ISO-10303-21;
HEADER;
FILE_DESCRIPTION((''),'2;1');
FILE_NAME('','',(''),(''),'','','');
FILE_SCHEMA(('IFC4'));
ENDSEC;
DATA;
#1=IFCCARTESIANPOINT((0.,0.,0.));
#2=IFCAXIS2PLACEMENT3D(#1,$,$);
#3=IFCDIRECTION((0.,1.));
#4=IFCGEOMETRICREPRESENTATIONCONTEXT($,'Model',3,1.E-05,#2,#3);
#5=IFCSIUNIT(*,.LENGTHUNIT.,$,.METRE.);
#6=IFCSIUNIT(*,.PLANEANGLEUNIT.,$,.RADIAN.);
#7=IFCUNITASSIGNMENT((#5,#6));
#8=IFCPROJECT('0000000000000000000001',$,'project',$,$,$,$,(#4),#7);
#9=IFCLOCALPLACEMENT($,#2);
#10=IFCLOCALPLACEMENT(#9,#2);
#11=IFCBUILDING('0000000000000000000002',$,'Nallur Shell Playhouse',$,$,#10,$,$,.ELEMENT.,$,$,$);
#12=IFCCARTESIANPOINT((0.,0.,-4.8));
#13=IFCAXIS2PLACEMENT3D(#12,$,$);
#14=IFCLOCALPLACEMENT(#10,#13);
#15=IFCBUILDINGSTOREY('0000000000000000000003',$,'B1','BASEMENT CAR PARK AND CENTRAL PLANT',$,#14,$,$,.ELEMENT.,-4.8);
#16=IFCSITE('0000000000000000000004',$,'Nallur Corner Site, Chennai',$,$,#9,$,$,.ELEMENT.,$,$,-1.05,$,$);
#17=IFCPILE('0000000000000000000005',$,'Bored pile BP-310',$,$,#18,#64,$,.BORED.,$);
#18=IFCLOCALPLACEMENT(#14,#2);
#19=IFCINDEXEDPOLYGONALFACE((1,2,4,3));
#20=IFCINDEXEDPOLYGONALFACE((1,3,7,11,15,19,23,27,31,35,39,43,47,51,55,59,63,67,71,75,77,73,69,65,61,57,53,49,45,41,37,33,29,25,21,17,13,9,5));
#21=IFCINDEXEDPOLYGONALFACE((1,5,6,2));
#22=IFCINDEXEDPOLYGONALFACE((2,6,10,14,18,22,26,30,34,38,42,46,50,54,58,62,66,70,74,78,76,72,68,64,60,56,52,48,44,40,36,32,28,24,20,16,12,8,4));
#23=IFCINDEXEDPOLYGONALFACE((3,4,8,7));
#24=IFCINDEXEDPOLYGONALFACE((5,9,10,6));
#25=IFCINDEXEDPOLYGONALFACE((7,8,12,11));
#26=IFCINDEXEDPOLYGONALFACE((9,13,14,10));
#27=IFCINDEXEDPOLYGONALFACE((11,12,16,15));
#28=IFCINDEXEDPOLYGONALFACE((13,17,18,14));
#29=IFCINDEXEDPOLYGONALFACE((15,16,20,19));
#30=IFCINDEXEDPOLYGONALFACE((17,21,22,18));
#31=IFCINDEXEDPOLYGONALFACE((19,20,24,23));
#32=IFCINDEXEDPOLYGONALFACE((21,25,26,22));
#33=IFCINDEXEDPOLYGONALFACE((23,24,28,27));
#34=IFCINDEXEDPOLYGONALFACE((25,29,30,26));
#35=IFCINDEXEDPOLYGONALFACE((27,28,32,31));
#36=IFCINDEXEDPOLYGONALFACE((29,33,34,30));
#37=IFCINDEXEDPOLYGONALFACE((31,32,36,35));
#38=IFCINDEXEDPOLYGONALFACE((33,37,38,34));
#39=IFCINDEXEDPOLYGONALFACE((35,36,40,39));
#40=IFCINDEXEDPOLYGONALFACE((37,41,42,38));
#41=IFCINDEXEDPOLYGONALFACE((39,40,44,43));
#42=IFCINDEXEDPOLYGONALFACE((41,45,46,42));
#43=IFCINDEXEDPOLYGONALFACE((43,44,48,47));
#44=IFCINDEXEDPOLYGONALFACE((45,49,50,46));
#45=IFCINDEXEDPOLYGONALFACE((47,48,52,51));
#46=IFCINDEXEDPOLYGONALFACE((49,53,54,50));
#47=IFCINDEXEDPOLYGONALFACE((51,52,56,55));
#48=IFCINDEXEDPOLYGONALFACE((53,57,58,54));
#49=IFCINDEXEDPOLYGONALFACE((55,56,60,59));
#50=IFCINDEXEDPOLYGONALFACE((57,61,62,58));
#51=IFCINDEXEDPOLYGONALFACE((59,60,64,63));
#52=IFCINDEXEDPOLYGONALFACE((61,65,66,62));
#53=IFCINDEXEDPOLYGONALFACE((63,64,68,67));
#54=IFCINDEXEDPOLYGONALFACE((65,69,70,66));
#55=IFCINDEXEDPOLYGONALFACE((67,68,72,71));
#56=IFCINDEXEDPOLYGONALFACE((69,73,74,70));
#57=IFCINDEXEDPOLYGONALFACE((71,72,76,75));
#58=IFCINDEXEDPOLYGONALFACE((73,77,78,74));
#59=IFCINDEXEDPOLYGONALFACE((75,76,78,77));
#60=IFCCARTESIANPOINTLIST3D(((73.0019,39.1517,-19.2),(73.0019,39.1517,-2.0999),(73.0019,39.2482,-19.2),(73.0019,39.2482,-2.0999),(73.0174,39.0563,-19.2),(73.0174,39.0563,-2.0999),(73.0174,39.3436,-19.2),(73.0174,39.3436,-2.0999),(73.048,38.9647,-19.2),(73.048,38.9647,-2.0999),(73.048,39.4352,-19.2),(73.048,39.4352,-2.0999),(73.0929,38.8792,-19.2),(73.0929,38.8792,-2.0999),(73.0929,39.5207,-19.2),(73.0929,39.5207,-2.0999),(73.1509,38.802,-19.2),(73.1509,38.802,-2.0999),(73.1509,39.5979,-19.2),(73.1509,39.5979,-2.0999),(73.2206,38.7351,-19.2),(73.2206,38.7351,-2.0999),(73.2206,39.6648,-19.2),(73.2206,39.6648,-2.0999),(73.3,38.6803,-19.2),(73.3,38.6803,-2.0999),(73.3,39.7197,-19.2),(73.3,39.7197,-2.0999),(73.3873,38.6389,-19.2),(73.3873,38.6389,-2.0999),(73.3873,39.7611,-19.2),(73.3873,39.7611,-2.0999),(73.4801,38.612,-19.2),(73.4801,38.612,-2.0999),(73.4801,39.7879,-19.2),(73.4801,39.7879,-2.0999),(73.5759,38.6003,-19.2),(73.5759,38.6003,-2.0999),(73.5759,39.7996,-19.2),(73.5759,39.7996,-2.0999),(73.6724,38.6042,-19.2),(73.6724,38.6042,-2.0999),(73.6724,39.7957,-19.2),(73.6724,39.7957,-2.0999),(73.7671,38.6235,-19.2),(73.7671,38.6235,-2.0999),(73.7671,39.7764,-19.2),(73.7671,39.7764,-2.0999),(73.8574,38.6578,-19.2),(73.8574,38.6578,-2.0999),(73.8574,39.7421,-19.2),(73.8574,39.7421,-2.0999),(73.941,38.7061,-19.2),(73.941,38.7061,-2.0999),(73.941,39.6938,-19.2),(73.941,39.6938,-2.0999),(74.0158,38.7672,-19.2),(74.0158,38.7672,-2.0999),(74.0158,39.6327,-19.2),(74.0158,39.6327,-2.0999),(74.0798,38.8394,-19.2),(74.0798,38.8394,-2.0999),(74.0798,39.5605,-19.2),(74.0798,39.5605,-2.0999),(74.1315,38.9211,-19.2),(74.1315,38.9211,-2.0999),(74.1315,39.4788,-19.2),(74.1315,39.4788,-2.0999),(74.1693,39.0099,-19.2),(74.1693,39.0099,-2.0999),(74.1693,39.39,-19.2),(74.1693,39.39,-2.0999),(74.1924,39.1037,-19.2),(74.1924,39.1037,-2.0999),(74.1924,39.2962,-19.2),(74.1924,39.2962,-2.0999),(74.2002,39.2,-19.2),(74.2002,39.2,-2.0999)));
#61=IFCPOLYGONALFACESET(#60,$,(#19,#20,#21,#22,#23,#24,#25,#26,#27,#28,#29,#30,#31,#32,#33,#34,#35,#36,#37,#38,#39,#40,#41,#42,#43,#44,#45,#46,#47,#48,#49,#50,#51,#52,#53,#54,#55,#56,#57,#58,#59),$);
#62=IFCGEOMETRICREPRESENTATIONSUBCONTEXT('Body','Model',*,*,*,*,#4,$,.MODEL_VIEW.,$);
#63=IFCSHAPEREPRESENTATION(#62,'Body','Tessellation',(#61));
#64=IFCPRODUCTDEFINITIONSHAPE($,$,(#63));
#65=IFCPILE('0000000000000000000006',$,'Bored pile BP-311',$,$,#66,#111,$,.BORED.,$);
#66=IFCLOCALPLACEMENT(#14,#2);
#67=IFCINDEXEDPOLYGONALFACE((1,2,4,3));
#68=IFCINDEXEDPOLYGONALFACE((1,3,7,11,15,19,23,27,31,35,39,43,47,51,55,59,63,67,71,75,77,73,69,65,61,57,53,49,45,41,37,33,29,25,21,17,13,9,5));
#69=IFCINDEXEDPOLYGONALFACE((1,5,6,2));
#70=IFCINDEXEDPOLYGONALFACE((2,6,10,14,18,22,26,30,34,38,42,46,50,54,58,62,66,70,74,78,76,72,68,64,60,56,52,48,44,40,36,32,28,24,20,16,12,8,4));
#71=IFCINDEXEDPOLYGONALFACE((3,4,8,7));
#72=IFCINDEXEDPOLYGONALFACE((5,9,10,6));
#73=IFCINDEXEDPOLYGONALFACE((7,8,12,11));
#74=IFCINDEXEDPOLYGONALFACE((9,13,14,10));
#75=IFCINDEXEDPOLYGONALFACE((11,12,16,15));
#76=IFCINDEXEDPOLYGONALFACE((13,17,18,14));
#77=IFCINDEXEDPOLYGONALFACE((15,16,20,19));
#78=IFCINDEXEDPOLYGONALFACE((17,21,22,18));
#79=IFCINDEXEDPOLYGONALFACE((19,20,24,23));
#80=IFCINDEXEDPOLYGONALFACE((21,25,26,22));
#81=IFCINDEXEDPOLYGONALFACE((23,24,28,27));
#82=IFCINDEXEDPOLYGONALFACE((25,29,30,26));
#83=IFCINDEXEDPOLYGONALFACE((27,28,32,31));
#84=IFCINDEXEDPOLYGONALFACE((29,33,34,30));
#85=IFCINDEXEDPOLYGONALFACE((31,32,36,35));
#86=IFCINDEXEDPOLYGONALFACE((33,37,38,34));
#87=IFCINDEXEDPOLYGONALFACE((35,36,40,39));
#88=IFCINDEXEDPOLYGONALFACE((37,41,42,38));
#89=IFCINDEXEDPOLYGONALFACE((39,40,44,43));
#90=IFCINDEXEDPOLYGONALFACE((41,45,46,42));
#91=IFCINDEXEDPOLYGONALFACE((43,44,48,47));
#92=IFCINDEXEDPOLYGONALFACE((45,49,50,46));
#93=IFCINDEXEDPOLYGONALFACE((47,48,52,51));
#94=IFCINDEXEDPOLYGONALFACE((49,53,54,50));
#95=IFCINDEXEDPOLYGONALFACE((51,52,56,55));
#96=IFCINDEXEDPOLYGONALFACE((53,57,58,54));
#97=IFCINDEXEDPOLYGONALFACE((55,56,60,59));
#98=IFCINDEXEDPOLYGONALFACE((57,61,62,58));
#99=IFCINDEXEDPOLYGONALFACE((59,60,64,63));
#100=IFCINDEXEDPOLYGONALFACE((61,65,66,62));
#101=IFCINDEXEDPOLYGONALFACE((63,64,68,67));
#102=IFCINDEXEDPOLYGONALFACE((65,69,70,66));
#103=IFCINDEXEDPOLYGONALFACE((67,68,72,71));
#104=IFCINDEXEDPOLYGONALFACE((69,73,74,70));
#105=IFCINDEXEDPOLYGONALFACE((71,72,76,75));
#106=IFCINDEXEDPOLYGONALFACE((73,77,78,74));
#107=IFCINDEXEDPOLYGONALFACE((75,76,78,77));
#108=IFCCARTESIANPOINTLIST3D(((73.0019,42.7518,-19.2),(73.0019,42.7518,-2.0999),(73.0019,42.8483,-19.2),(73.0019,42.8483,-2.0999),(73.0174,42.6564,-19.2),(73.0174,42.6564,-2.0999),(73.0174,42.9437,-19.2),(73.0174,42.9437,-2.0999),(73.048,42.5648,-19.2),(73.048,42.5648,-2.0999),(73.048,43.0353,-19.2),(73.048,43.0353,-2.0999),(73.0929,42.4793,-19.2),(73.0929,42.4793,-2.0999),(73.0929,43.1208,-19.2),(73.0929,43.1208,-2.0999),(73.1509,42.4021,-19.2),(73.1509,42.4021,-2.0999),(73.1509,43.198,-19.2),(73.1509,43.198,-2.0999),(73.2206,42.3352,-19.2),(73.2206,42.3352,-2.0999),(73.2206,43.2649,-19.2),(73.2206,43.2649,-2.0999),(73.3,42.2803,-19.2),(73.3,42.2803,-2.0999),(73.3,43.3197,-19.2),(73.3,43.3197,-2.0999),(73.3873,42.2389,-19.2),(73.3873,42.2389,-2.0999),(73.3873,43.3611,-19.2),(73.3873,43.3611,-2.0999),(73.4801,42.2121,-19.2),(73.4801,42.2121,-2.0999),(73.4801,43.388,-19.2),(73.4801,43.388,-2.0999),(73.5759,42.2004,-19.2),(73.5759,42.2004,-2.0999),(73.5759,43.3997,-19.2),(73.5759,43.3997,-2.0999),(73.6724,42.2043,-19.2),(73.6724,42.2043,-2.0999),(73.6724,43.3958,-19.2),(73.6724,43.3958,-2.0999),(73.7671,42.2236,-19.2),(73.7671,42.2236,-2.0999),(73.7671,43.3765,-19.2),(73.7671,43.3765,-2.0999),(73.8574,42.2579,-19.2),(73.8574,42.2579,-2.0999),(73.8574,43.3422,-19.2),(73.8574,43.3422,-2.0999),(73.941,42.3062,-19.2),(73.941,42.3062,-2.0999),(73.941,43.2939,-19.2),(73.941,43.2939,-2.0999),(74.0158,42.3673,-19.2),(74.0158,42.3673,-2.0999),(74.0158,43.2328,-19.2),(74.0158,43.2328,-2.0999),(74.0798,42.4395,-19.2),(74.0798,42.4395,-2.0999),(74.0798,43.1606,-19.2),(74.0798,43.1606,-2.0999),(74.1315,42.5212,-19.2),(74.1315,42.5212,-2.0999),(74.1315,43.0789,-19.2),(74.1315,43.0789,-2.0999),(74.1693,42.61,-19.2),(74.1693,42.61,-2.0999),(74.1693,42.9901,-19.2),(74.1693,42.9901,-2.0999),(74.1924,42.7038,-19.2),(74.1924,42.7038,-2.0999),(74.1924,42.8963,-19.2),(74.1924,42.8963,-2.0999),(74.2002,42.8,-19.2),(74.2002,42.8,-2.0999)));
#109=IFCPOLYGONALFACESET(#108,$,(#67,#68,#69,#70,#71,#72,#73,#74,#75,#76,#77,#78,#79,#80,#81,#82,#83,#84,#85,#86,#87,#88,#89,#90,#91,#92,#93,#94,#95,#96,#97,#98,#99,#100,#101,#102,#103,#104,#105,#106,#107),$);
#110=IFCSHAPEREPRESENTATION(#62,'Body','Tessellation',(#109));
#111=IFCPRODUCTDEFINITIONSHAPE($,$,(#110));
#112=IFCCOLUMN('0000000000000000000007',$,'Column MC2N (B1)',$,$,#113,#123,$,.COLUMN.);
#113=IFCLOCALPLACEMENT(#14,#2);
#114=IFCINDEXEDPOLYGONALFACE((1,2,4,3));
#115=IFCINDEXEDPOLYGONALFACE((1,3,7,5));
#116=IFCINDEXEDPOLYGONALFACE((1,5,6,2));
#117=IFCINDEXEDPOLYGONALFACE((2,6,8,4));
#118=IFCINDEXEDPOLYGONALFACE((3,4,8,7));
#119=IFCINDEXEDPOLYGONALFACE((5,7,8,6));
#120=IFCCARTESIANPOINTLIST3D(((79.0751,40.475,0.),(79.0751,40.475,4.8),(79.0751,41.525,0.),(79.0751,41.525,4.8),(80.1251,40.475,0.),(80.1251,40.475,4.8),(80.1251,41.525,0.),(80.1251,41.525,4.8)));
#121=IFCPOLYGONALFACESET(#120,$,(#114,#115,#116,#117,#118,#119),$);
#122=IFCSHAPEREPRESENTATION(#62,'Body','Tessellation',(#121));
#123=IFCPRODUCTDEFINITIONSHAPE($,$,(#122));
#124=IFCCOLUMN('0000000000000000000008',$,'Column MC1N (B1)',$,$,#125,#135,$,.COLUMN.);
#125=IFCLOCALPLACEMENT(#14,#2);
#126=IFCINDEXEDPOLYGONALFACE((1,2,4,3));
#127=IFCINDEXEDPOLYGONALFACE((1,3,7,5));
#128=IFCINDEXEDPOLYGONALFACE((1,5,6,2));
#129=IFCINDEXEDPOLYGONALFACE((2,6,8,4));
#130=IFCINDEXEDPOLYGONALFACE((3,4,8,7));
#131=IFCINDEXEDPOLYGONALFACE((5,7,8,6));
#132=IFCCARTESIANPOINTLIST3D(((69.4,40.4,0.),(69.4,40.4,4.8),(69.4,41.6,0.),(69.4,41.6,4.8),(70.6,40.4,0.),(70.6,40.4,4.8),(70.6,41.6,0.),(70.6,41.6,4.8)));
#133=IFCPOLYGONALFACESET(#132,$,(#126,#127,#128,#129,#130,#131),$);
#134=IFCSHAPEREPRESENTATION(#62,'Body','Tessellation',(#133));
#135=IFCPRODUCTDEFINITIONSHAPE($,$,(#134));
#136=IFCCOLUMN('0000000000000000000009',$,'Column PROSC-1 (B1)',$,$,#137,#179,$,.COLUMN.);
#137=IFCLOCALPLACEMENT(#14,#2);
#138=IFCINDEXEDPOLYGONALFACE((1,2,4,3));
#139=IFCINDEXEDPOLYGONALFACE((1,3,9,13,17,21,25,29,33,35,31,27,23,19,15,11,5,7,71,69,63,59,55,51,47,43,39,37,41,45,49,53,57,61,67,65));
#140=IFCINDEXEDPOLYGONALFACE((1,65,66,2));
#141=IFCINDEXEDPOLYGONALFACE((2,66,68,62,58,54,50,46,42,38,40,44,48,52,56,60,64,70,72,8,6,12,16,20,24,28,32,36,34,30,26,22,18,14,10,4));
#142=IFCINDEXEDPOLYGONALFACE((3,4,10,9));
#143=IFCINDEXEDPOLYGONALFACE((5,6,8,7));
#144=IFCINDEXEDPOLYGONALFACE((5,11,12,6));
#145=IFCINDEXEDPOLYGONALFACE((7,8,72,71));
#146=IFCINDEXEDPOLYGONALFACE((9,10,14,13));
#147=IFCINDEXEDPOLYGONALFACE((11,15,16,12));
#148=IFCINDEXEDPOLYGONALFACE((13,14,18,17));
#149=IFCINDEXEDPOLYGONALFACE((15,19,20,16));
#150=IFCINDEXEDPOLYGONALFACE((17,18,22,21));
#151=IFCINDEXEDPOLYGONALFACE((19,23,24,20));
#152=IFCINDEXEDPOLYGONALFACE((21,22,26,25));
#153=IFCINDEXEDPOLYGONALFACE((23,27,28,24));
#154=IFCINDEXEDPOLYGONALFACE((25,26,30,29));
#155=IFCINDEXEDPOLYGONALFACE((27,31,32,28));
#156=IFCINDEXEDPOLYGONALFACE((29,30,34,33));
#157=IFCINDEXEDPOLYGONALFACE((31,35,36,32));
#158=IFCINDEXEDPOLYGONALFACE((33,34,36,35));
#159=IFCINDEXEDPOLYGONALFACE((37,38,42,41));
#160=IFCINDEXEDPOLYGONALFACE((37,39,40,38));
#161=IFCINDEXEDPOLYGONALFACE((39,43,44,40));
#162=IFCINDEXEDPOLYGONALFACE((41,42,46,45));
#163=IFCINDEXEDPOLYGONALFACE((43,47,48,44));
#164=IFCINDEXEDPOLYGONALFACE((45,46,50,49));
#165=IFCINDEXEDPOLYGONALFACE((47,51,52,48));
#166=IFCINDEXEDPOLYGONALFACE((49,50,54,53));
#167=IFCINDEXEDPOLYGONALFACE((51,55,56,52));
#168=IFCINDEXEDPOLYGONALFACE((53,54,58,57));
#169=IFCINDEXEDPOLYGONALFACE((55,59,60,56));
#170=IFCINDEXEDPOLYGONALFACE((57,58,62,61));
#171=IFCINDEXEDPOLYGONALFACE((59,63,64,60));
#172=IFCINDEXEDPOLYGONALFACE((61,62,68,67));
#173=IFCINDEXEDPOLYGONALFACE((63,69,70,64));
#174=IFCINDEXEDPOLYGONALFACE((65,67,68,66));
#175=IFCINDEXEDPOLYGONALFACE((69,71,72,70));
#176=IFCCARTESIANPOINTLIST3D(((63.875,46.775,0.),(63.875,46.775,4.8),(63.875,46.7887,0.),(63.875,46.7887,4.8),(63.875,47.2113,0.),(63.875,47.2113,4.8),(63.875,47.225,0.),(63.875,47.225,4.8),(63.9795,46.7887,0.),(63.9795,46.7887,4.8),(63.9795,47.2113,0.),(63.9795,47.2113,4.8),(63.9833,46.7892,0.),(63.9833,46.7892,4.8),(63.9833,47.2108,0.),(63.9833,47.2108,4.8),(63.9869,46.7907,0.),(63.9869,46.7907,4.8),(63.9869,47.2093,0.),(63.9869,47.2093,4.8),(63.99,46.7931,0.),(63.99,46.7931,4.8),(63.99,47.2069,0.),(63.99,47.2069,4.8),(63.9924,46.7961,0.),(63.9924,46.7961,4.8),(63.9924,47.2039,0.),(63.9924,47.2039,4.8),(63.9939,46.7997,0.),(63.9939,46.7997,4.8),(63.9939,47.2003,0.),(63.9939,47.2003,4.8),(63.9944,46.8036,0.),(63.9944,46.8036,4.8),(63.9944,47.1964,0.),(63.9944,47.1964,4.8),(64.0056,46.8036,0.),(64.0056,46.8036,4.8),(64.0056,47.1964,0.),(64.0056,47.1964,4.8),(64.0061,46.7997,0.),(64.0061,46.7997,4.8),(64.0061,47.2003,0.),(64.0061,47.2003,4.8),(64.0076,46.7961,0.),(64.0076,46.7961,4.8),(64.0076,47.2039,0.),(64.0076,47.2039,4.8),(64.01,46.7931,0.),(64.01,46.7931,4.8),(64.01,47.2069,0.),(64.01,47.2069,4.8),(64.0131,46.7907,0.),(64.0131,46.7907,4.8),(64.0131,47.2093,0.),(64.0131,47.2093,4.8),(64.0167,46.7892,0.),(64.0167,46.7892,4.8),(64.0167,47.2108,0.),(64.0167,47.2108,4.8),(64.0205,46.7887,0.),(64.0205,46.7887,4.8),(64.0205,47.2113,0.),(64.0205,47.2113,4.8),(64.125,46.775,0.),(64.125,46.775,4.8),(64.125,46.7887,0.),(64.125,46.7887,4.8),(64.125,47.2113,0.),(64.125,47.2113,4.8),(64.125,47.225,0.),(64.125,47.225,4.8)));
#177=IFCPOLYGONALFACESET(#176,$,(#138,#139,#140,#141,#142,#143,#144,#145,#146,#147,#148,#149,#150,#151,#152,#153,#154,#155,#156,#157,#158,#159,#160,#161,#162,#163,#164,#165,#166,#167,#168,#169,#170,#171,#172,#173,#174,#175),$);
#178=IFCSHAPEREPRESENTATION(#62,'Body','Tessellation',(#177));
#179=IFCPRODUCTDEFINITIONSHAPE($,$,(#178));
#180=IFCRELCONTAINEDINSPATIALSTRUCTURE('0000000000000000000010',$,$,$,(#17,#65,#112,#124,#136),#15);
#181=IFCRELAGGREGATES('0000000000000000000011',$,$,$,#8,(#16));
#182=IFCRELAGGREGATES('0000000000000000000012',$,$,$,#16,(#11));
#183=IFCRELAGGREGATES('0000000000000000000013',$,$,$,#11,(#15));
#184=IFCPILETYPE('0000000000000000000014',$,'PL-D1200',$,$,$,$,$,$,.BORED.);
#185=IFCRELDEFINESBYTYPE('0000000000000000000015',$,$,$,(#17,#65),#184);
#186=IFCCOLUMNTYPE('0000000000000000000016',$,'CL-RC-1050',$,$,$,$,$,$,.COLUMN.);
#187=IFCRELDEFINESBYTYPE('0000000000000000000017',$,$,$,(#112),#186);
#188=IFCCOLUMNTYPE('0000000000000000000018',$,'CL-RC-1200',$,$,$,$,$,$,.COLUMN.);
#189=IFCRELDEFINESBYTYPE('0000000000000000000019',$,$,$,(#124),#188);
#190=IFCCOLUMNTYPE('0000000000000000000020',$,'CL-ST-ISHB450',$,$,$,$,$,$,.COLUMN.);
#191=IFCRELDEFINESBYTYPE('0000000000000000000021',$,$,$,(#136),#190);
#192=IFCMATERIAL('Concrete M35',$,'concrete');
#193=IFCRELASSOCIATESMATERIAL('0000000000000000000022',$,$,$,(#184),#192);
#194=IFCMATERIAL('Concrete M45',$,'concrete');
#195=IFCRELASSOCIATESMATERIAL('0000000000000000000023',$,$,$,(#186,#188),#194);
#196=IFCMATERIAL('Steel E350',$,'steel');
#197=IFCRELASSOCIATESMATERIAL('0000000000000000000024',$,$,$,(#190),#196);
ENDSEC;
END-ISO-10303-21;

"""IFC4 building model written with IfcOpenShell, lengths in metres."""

from ifc_helpers import new_model, si_unit, direction, frame, origin, origin_2d, place, context, subcontext, project, spatial, rectangle, circle, i_section, extrude, material, material_profile, profile_set, type_object, element, save


model = new_model("IFC4")

# Units and contexts
model_context = context("Model", 3, precision=1e-05, world=origin(), true_north=direction((0.0, 1.0)))
body_context = subcontext(model_context, "Body", "Model", "MODEL_VIEW")
ifc_project = project(units=[si_unit("LENGTHUNIT", "METRE"), si_unit("PLANEANGLEUNIT", "RADIAN")], contexts=[model_context])

# Site, building, storey
site_placement = place(None, origin())
site = spatial("IfcSite", under=ifc_project, at=site_placement, Name="Nallur Corner Site, Chennai", CompositionType="ELEMENT", RefElevation=-1.05)
building_placement = place(site_placement, origin())
building = spatial("IfcBuilding", under=site, at=building_placement, Name="Nallur Shell Playhouse", CompositionType="ELEMENT")
storey_placement = place(building_placement, frame((0.0, 0.0, -4.8)))
storey = spatial("IfcBuildingStorey", under=building, at=storey_placement, Name="B1", Description="BASEMENT CAR PARK AND CENTRAL PLANT", CompositionType="ELEMENT", Elevation=-4.8)

# Shared definitions
ifc_material_1 = material(Name="Concrete M35", Category="concrete")

# Piles
ifc_material_profile_1 = material_profile(ifc_material_1, circle(Radius=0.6001, at=origin_2d()), Name="BORED PILE D1200")
ifc_profile_set_1 = profile_set([ifc_material_profile_1], Name="Concrete M35")
pile_type_1 = type_object("IfcPileType", Name="PL-D1200", PredefinedType="BORED", material=ifc_profile_set_1)
for number, where, z_axis, x_axis, name in (
    (1, (73.6001, 39.2, -2.0999), (0.0, 0.0, -1.0), (1.0, 0.0, 0.0), "Bored pile BP-310"),
    (2, (73.6001, 42.8, -2.0999), (0.0, 0.0, -1.0), (1.0, 0.0, 0.0), "Bored pile BP-311"),
):
    element("IfcPile", number, at=place(storey_placement, frame(where, z_axis=z_axis, x_axis=x_axis)), inside=storey, type_object=pile_type_1, Name=name, PredefinedType="BORED", context=body_context, shape_type="SweptSolid", body=[
        extrude(circle(Radius=0.6001, at=origin_2d()), origin(), (0.0, 0.0, 1.0), 17.1001),
    ])

# Columns
ifc_material_2 = material(Name="Concrete M45", Category="concrete")
ifc_material_profile_2 = material_profile(ifc_material_2, rectangle(XDim=1.05, YDim=1.05, at=origin_2d()), Name="RC 1050x1050")
ifc_profile_set_2 = profile_set([ifc_material_profile_2], Name="Concrete M45")
column_type_1 = type_object("IfcColumnType", Name="CL-RC-1050", PredefinedType="COLUMN", material=ifc_profile_set_2)
column_1_placement = place(storey_placement, frame((79.6001, 41.0, 0.0), z_axis=(0.0, 0.0, 1.0), x_axis=(1.0, 0.0, 0.0)))
element("IfcColumn", 3, at=column_1_placement, inside=storey, type_object=column_type_1, Name="Column MC2N (B1)", PredefinedType="COLUMN", context=body_context, shape_type="SweptSolid", body=[
    extrude(rectangle(XDim=1.05, YDim=1.05, at=origin_2d()), origin(), (0.0, 0.0, 1.0), 4.8),
])
ifc_material_profile_3 = material_profile(ifc_material_2, rectangle(XDim=1.2, YDim=1.2, at=origin_2d()), Name="RC 1200x1200")
ifc_profile_set_3 = profile_set([ifc_material_profile_3], Name="Concrete M45")
column_type_2 = type_object("IfcColumnType", Name="CL-RC-1200", PredefinedType="COLUMN", material=ifc_profile_set_3)
column_2_placement = place(storey_placement, frame((70.0, 41.0, 0.0), z_axis=(0.0, 0.0, 1.0), x_axis=(1.0, 0.0, 0.0)))
element("IfcColumn", 4, at=column_2_placement, inside=storey, type_object=column_type_2, Name="Column MC1N (B1)", PredefinedType="COLUMN", context=body_context, shape_type="SweptSolid", body=[
    extrude(rectangle(XDim=1.2, YDim=1.2, at=origin_2d()), origin(), (0.0, 0.0, 1.0), 4.8),
])
ifc_material_3 = material(Name="Steel E350", Category="steel")
ifc_material_profile_4 = material_profile(ifc_material_3, i_section(OverallWidth=0.25, OverallDepth=0.45, WebThickness=0.0112, FlangeThickness=0.0137, FilletRadius=0.0149, at=origin_2d()), Name="ISHB 450")
ifc_profile_set_4 = profile_set([ifc_material_profile_4], Name="Steel E350")
column_type_3 = type_object("IfcColumnType", Name="CL-ST-ISHB450", PredefinedType="COLUMN", material=ifc_profile_set_4)
for number, where, z_axis, x_axis, name in (
    (5, (64.0, 47.0, 0.0), (0.0, 0.0, 1.0), (1.0, 0.0, 0.0), "Column PROSC-1 (B1)"),
):
    element("IfcColumn", number, at=place(storey_placement, frame(where, z_axis=z_axis, x_axis=x_axis)), inside=storey, type_object=column_type_3, Name=name, PredefinedType="COLUMN", context=body_context, shape_type="SweptSolid", body=[
        extrude(i_section(OverallWidth=0.25, OverallDepth=0.45, WebThickness=0.0112, FlangeThickness=0.0137, FilletRadius=0.0149, at=origin_2d()), origin(), (0.0, 0.0, 1.0), 4.8),
    ])

save(model, "model.ifc")
